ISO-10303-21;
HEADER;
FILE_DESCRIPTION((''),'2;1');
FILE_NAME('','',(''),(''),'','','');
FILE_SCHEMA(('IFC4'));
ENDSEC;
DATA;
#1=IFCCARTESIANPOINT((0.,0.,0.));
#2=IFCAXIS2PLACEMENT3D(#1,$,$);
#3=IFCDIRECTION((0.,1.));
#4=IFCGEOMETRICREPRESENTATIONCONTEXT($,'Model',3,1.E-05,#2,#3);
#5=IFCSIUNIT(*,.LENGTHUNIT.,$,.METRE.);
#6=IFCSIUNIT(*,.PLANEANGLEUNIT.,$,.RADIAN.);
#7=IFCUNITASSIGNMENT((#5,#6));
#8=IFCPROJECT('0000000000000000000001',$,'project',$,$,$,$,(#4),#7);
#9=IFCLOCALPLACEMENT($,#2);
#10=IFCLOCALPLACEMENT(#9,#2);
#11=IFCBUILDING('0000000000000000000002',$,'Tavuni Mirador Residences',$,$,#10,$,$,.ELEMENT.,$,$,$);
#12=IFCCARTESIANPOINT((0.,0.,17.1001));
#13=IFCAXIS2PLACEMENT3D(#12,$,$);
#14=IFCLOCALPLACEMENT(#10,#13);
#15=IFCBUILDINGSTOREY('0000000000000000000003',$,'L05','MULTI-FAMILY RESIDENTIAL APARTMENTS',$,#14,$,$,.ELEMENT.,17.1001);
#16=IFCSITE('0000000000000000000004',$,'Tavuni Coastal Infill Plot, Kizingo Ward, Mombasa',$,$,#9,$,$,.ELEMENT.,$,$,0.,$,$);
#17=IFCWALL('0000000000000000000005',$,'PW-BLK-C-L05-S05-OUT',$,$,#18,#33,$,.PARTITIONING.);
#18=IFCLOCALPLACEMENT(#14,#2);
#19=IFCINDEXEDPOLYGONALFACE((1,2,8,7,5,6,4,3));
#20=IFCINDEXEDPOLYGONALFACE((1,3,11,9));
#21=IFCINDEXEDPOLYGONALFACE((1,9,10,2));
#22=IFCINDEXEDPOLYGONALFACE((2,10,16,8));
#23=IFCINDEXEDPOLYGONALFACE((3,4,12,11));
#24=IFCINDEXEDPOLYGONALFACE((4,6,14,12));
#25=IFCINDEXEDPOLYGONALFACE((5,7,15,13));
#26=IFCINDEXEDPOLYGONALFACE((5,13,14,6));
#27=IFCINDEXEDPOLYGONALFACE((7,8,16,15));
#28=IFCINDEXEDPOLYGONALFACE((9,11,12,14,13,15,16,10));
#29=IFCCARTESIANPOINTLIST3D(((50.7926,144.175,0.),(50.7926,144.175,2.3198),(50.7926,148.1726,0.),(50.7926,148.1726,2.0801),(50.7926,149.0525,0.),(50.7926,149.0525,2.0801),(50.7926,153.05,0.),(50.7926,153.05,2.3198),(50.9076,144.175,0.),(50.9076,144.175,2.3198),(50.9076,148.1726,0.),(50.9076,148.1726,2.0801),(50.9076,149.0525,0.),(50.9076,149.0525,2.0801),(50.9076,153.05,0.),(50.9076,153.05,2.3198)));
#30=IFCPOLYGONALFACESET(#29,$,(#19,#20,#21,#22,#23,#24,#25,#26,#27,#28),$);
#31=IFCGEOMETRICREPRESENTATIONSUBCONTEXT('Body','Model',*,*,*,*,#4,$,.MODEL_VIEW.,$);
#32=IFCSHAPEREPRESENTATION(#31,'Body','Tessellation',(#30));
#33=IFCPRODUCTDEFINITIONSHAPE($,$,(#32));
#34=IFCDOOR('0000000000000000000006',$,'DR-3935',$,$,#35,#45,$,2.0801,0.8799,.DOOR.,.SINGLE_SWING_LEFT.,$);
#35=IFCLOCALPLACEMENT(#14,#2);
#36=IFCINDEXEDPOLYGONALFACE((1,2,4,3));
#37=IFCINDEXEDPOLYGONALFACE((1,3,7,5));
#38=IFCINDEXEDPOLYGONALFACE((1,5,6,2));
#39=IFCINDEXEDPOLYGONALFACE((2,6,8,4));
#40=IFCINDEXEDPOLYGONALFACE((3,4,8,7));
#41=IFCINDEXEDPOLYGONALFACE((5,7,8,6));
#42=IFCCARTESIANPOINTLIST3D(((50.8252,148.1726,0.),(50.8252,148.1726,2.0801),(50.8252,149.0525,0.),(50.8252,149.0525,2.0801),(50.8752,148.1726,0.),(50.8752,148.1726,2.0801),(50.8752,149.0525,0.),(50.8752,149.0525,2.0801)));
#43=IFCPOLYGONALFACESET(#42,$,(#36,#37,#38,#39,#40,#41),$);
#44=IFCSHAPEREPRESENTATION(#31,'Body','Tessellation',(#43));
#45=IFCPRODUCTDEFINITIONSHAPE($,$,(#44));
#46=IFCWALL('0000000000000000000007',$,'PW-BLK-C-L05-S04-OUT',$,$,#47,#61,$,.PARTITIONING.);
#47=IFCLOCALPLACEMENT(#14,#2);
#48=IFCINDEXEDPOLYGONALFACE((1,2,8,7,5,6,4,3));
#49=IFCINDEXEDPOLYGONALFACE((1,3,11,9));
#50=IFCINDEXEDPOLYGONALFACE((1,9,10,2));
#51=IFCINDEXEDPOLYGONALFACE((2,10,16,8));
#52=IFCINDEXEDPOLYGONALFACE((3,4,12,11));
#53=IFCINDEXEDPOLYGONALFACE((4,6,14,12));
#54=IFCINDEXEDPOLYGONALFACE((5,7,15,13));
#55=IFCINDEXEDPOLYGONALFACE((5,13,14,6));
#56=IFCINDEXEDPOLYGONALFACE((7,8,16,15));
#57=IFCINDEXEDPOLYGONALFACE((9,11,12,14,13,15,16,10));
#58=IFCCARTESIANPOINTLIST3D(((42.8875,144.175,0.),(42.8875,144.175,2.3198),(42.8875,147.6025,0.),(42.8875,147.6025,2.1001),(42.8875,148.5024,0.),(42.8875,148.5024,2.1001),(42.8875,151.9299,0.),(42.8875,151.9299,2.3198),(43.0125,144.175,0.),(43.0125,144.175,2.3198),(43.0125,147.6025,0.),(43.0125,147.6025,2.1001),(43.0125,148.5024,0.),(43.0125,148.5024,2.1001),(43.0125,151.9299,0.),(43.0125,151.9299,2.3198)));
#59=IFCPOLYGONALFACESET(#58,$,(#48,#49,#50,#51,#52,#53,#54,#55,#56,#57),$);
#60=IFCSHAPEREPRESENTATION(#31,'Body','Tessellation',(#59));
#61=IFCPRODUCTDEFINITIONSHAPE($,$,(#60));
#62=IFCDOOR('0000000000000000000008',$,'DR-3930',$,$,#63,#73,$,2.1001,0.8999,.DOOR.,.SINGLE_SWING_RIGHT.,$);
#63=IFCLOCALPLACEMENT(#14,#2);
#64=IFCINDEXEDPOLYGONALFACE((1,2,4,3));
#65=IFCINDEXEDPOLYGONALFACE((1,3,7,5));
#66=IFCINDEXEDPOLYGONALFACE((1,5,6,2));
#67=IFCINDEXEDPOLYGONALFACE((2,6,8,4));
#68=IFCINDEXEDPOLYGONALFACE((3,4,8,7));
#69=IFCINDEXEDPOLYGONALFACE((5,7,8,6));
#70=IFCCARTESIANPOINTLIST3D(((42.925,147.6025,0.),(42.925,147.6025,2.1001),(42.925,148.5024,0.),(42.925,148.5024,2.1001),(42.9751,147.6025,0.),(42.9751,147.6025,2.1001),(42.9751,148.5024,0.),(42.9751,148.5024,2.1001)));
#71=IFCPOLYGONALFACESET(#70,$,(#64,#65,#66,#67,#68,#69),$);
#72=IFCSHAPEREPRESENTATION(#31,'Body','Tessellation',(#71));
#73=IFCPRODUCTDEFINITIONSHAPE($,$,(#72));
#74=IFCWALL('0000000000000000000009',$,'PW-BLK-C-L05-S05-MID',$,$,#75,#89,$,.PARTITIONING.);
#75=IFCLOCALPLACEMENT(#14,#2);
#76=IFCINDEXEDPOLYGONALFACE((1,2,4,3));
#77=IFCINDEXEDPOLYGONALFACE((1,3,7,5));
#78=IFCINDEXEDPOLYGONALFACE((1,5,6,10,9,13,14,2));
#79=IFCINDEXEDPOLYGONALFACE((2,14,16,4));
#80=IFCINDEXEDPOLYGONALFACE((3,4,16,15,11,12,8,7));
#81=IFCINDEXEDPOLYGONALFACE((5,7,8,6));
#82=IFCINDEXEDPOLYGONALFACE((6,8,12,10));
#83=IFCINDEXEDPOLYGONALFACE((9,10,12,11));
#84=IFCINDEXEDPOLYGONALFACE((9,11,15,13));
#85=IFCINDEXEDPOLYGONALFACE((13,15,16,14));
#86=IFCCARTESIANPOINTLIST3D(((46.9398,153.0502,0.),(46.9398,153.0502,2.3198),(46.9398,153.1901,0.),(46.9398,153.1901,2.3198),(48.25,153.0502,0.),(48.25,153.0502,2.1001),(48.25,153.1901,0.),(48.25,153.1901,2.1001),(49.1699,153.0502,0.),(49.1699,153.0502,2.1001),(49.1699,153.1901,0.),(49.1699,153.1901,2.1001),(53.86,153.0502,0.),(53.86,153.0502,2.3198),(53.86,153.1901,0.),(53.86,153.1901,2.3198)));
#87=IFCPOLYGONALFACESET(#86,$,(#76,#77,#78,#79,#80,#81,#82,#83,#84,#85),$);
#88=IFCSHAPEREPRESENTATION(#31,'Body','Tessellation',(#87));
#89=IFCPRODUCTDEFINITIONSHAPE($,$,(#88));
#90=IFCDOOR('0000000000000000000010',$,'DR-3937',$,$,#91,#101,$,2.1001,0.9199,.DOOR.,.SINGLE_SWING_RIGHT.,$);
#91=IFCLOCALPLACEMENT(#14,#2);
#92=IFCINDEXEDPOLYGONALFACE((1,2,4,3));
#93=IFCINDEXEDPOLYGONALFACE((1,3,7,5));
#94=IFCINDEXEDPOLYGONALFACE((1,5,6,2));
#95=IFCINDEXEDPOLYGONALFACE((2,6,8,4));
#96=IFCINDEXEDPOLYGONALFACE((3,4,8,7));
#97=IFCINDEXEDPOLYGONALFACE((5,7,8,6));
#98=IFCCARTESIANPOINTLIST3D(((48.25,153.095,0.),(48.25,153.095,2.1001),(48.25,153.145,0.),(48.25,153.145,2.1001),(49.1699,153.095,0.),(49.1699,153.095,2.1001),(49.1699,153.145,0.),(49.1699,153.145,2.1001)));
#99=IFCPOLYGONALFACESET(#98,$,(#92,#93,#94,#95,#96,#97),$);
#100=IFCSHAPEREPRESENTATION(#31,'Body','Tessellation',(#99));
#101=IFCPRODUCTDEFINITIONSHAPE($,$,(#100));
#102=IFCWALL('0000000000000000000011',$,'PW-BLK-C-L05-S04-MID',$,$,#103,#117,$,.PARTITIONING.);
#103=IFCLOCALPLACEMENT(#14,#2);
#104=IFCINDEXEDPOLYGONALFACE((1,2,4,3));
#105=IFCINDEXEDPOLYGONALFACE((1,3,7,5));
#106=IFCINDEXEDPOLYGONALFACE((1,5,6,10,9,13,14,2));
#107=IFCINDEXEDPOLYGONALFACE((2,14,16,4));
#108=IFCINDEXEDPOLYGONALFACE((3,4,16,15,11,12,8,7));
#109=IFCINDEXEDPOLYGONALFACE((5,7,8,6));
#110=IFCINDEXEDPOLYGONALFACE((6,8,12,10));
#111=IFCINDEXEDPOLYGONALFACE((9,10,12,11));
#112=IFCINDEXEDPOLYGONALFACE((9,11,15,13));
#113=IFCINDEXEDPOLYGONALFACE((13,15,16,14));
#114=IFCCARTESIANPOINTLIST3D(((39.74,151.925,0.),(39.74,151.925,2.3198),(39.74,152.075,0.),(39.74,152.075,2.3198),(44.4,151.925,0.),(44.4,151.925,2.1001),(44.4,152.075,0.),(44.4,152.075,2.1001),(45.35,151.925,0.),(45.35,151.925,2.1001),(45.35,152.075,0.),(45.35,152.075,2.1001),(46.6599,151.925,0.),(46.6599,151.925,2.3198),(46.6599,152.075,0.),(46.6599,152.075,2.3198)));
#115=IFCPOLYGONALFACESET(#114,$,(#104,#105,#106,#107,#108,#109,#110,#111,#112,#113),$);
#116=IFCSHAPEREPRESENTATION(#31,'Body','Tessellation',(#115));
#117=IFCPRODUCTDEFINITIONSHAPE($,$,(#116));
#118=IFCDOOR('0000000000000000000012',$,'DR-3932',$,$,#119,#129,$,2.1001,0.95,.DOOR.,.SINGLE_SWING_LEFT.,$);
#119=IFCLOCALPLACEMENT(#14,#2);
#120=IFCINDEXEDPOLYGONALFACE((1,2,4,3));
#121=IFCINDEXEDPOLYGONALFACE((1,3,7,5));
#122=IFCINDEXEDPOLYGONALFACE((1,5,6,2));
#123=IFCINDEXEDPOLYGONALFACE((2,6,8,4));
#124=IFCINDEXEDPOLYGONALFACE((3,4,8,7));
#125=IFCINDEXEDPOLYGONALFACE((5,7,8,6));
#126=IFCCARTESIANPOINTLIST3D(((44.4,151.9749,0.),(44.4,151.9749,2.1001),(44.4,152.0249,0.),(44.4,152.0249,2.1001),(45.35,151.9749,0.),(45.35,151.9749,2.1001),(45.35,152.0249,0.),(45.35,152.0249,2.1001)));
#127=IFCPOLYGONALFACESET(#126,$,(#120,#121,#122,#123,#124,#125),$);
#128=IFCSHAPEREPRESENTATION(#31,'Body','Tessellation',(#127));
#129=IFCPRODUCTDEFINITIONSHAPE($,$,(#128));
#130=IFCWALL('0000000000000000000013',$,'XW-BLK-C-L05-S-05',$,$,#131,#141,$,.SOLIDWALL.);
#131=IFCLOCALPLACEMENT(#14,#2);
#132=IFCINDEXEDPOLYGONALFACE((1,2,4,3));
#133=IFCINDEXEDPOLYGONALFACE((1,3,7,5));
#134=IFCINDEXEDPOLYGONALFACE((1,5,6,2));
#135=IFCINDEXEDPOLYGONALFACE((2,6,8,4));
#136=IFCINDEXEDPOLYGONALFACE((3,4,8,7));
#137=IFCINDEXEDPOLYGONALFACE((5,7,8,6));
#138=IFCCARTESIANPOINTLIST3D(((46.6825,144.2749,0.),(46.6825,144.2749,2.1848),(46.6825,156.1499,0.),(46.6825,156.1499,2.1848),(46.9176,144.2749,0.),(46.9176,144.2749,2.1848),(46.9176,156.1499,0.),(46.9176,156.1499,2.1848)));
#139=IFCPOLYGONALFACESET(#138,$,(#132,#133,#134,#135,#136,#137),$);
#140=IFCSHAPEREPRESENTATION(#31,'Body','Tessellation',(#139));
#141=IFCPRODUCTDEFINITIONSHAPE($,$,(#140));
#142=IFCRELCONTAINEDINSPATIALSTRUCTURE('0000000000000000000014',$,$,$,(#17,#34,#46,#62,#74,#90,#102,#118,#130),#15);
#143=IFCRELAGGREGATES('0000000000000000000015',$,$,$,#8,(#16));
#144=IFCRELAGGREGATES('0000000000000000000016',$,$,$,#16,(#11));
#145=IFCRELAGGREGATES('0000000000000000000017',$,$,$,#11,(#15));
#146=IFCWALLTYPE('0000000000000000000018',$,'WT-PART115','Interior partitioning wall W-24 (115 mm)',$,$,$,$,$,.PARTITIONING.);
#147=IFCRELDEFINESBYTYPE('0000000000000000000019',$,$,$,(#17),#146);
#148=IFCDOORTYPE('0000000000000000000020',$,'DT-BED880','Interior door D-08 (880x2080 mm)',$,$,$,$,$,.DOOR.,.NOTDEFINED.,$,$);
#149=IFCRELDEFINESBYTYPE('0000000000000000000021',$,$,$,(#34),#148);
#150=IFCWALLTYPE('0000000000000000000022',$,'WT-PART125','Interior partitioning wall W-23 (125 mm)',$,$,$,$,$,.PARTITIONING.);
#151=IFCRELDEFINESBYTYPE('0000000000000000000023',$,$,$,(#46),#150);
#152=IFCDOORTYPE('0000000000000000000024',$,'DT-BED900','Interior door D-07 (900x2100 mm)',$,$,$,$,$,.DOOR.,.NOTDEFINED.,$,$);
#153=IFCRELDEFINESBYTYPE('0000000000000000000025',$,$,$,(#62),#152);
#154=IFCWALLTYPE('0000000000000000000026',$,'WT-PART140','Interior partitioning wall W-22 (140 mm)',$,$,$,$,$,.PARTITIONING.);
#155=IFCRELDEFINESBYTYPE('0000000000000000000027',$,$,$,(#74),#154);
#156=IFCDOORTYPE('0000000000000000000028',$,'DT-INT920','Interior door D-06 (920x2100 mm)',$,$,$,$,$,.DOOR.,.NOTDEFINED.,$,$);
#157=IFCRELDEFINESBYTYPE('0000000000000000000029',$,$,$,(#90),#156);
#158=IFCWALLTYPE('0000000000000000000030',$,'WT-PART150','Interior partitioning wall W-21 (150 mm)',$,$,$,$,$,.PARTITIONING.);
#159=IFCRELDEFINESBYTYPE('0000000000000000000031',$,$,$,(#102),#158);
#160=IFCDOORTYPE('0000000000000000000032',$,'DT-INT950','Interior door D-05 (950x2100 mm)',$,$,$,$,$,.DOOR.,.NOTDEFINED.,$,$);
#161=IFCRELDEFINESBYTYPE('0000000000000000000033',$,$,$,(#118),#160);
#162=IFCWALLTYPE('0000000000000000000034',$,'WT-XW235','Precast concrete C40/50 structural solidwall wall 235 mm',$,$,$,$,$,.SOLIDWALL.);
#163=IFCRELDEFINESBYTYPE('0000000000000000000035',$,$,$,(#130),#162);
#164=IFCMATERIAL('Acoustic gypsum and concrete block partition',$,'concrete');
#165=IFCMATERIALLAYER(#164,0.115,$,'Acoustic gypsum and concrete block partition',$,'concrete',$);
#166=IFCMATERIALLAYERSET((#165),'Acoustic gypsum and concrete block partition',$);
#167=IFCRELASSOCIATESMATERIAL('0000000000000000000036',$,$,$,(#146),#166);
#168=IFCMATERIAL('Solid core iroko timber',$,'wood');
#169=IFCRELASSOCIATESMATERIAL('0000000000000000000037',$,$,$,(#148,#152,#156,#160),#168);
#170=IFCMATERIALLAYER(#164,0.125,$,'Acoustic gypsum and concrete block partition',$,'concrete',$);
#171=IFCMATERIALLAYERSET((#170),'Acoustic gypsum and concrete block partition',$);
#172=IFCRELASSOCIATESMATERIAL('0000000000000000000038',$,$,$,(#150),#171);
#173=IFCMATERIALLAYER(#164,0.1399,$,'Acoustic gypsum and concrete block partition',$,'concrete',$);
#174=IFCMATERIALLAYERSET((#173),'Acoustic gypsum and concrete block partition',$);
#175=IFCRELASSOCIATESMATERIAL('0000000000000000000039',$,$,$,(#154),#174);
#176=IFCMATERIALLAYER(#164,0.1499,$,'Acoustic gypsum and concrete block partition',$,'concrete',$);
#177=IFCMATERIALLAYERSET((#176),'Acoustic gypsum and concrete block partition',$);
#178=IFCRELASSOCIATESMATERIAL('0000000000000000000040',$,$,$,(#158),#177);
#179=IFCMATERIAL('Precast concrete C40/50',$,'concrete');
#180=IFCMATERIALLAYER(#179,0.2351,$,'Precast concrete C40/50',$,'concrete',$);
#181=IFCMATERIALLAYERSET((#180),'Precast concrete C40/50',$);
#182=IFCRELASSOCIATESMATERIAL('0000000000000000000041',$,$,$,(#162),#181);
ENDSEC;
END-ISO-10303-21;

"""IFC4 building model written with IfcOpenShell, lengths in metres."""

from ifc_helpers import new_model, si_unit, direction, frame, frame_2d, origin, place, context, subcontext, project, spatial, rectangle, extrude, material, layer, layer_set, type_object, element, fill, save


model = new_model("IFC4")

# Units and contexts
model_context = context("Model", 3, precision=1e-05, world=origin(), true_north=direction((0.0, 1.0)))
body_context = subcontext(model_context, "Body", "Model", "MODEL_VIEW")
ifc_project = project(units=[si_unit("LENGTHUNIT", "METRE"), si_unit("PLANEANGLEUNIT", "RADIAN")], contexts=[model_context])

# Site, building, storey
site_placement = place(None, origin())
site = spatial("IfcSite", under=ifc_project, at=site_placement, Name="Tavuni Coastal Infill Plot, Kizingo Ward, Mombasa", CompositionType="ELEMENT", RefElevation=0.0)
building_placement = place(site_placement, origin())
building = spatial("IfcBuilding", under=site, at=building_placement, Name="Tavuni Mirador Residences", CompositionType="ELEMENT")
storey_placement = place(building_placement, frame((0.0, 0.0, 17.1001)))
storey = spatial("IfcBuildingStorey", under=building, at=storey_placement, Name="L05", Description="MULTI-FAMILY RESIDENTIAL APARTMENTS", CompositionType="ELEMENT", Elevation=17.1001)

# Shared definitions
ifc_material_1 = material(Name="Precast concrete C40/50", Category="concrete")

# Walls, openings, doors
ifc_material_2 = material(Name="Acoustic gypsum and concrete block partition", Category="concrete")
ifc_material_3 = material(Name="Solid core iroko timber", Category="wood")
ifc_layer_1 = layer(ifc_material_2, 0.115, Name="Acoustic gypsum and concrete block partition", Category="concrete")
ifc_layer_set_1 = layer_set([ifc_layer_1], Name="Acoustic gypsum and concrete block partition")
wall_type_1 = type_object("IfcWallType", Name="WT-PART115", Description="Interior partitioning wall W-24 (115 mm)", PredefinedType="PARTITIONING", material=ifc_layer_set_1)
wall_1_placement = place(storey_placement, frame((50.8501, 144.175, 0.0), z_axis=(0.0, 0.0, 1.0), x_axis=(0.0, 1.0, 0.0)))
wall_1 = element("IfcWall", 1, at=wall_1_placement, inside=storey, type_object=wall_type_1, Name="PW-BLK-C-L05-S05-OUT", PredefinedType="PARTITIONING", context=body_context, shape_type="SweptSolid", body=[
    extrude(rectangle(XDim=8.875, YDim=0.115, at=frame_2d((4.4375, 0.0))), origin(), (0.0, 0.0, 1.0), 2.3198),
])
opening_1_placement = place(wall_1_placement, frame((3.9976, 0.0, 0.0)))
opening_1 = element("IfcOpeningElement", 2, at=opening_1_placement, cuts=wall_1, PredefinedType="OPENING", context=body_context, shape_type="SweptSolid", body=[
    extrude(rectangle(XDim=0.8799, YDim=2.0801, at=frame_2d((0.4399, 1.04))), frame((0.0, 0.0674, 0.0), z_axis=(0.0, -1.0, 0.0), x_axis=(1.0, 0.0, 0.0)), (0.0, 0.0, 1.0), 0.135),
])
door_type_1 = type_object("IfcDoorType", Name="DT-BED880", Description="Interior door D-08 (880x2080 mm)", OperationType="NOTDEFINED", PredefinedType="DOOR", material=ifc_material_3)
door_1_placement = place(opening_1_placement, origin())
door_1 = element("IfcDoor", 3, at=door_1_placement, inside=storey, type_object=door_type_1, Name="DR-3935", OperationType="SINGLE_SWING_LEFT", OverallHeight=2.0801, OverallWidth=0.8799, PredefinedType="DOOR", context=body_context, shape_type="SweptSolid", body=[
    extrude(rectangle(XDim=0.8799, YDim=2.0801, at=frame_2d((0.4399, 1.04))), frame((0.0, 0.0249, 0.0), z_axis=(0.0, -1.0, 0.0), x_axis=(1.0, 0.0, 0.0)), (0.0, 0.0, 1.0), 0.05),
])
fill(opening_1, door_1)
ifc_layer_2 = layer(ifc_material_2, 0.125, Name="Acoustic gypsum and concrete block partition", Category="concrete")
ifc_layer_set_2 = layer_set([ifc_layer_2], Name="Acoustic gypsum and concrete block partition")
wall_type_2 = type_object("IfcWallType", Name="WT-PART125", Description="Interior partitioning wall W-23 (125 mm)", PredefinedType="PARTITIONING", material=ifc_layer_set_2)
wall_2_placement = place(storey_placement, frame((42.95, 144.175, 0.0), z_axis=(0.0, 0.0, 1.0), x_axis=(0.0, 1.0, 0.0)))
wall_2 = element("IfcWall", 4, at=wall_2_placement, inside=storey, type_object=wall_type_2, Name="PW-BLK-C-L05-S04-OUT", PredefinedType="PARTITIONING", context=body_context, shape_type="SweptSolid", body=[
    extrude(rectangle(XDim=7.7549, YDim=0.125, at=frame_2d((3.8774, 0.0))), origin(), (0.0, 0.0, 1.0), 2.3198),
])
opening_2_placement = place(wall_2_placement, frame((3.4275, 0.0, 0.0)))
opening_2 = element("IfcOpeningElement", 5, at=opening_2_placement, cuts=wall_2, PredefinedType="OPENING", context=body_context, shape_type="SweptSolid", body=[
    extrude(rectangle(XDim=0.8999, YDim=2.1001, at=frame_2d((0.45, 1.05))), frame((0.0, 0.0725, 0.0), z_axis=(0.0, -1.0, 0.0), x_axis=(1.0, 0.0, 0.0)), (0.0, 0.0, 1.0), 0.145),
])
door_type_2 = type_object("IfcDoorType", Name="DT-BED900", Description="Interior door D-07 (900x2100 mm)", OperationType="NOTDEFINED", PredefinedType="DOOR", material=ifc_material_3)
door_2_placement = place(opening_2_placement, origin())
door_2 = element("IfcDoor", 6, at=door_2_placement, inside=storey, type_object=door_type_2, Name="DR-3930", OperationType="SINGLE_SWING_RIGHT", OverallHeight=2.1001, OverallWidth=0.8999, PredefinedType="DOOR", context=body_context, shape_type="SweptSolid", body=[
    extrude(rectangle(XDim=0.8999, YDim=2.1001, at=frame_2d((0.45, 1.05))), frame((0.0, 0.0249, 0.0), z_axis=(0.0, -1.0, 0.0), x_axis=(1.0, 0.0, 0.0)), (0.0, 0.0, 1.0), 0.05),
])
fill(opening_2, door_2)
ifc_layer_3 = layer(ifc_material_2, 0.1399, Name="Acoustic gypsum and concrete block partition", Category="concrete")
ifc_layer_set_3 = layer_set([ifc_layer_3], Name="Acoustic gypsum and concrete block partition")
wall_type_3 = type_object("IfcWallType", Name="WT-PART140", Description="Interior partitioning wall W-22 (140 mm)", PredefinedType="PARTITIONING", material=ifc_layer_set_3)
wall_3_placement = place(storey_placement, frame((46.9399, 153.1201, 0.0), z_axis=(0.0, 0.0, 1.0), x_axis=(1.0, 0.0, 0.0)))
wall_3 = element("IfcWall", 7, at=wall_3_placement, inside=storey, type_object=wall_type_3, Name="PW-BLK-C-L05-S05-MID", PredefinedType="PARTITIONING", context=body_context, shape_type="SweptSolid", body=[
    extrude(rectangle(XDim=6.9202, YDim=0.1399, at=frame_2d((3.46, 0.0))), origin(), (0.0, 0.0, 1.0), 2.3198),
])
opening_3_placement = place(wall_3_placement, frame((1.3101, 0.0, 0.0)))
opening_3 = element("IfcOpeningElement", 8, at=opening_3_placement, cuts=wall_3, PredefinedType="OPENING", context=body_context, shape_type="SweptSolid", body=[
    extrude(rectangle(XDim=0.9199, YDim=2.1001, at=frame_2d((0.46, 1.05))), frame((0.0, 0.0801, 0.0), z_axis=(0.0, -1.0, 0.0), x_axis=(1.0, 0.0, 0.0)), (0.0, 0.0, 1.0), 0.1599),
])
door_type_3 = type_object("IfcDoorType", Name="DT-INT920", Description="Interior door D-06 (920x2100 mm)", OperationType="NOTDEFINED", PredefinedType="DOOR", material=ifc_material_3)
door_3_placement = place(opening_3_placement, origin())
door_3 = element("IfcDoor", 9, at=door_3_placement, inside=storey, type_object=door_type_3, Name="DR-3937", OperationType="SINGLE_SWING_RIGHT", OverallHeight=2.1001, OverallWidth=0.9199, PredefinedType="DOOR", context=body_context, shape_type="SweptSolid", body=[
    extrude(rectangle(XDim=0.9199, YDim=2.1001, at=frame_2d((0.46, 1.05))), frame((0.0, 0.0249, 0.0), z_axis=(0.0, -1.0, 0.0), x_axis=(1.0, 0.0, 0.0)), (0.0, 0.0, 1.0), 0.05),
])
fill(opening_3, door_3)
ifc_layer_4 = layer(ifc_material_2, 0.1499, Name="Acoustic gypsum and concrete block partition", Category="concrete")
ifc_layer_set_4 = layer_set([ifc_layer_4], Name="Acoustic gypsum and concrete block partition")
wall_type_4 = type_object("IfcWallType", Name="WT-PART150", Description="Interior partitioning wall W-21 (150 mm)", PredefinedType="PARTITIONING", material=ifc_layer_set_4)
wall_4_placement = place(storey_placement, frame((39.74, 152.0, 0.0), z_axis=(0.0, 0.0, 1.0), x_axis=(1.0, 0.0, 0.0)))
wall_4 = element("IfcWall", 10, at=wall_4_placement, inside=storey, type_object=wall_type_4, Name="PW-BLK-C-L05-S04-MID", PredefinedType="PARTITIONING", context=body_context, shape_type="SweptSolid", body=[
    extrude(rectangle(XDim=6.9199, YDim=0.1499, at=frame_2d((3.46, 0.0))), origin(), (0.0, 0.0, 1.0), 2.3198),
])
opening_4_placement = place(wall_4_placement, frame((4.6599, 0.0, 0.0)))
opening_4 = element("IfcOpeningElement", 11, at=opening_4_placement, cuts=wall_4, PredefinedType="OPENING", context=body_context, shape_type="SweptSolid", body=[
    extrude(rectangle(XDim=0.95, YDim=2.1001, at=frame_2d((0.4751, 1.05))), frame((0.0, 0.085, 0.0), z_axis=(0.0, -1.0, 0.0), x_axis=(1.0, 0.0, 0.0)), (0.0, 0.0, 1.0), 0.1699),
])
door_type_4 = type_object("IfcDoorType", Name="DT-INT950", Description="Interior door D-05 (950x2100 mm)", OperationType="NOTDEFINED", PredefinedType="DOOR", material=ifc_material_3)
door_4_placement = place(opening_4_placement, origin())
door_4 = element("IfcDoor", 12, at=door_4_placement, inside=storey, type_object=door_type_4, Name="DR-3932", OperationType="SINGLE_SWING_LEFT", OverallHeight=2.1001, OverallWidth=0.95, PredefinedType="DOOR", context=body_context, shape_type="SweptSolid", body=[
    extrude(rectangle(XDim=0.95, YDim=2.1001, at=frame_2d((0.4751, 1.05))), frame((0.0, 0.0249, 0.0), z_axis=(0.0, -1.0, 0.0), x_axis=(1.0, 0.0, 0.0)), (0.0, 0.0, 1.0), 0.05),
])
fill(opening_4, door_4)

# Wall
ifc_layer_5 = layer(ifc_material_1, 0.2351, Name="Precast concrete C40/50", Category="concrete")
ifc_layer_set_5 = layer_set([ifc_layer_5], Name="Precast concrete C40/50")
wall_type_5 = type_object("IfcWallType", Name="WT-XW235", Description="Precast concrete C40/50 structural solidwall wall 235 mm", PredefinedType="SOLIDWALL", material=ifc_layer_set_5)
wall_5_placement = place(storey_placement, frame((46.8, 144.2749, 0.0), z_axis=(0.0, 0.0, 1.0), x_axis=(0.0, 1.0, 0.0)))
element("IfcWall", 13, at=wall_5_placement, inside=storey, type_object=wall_type_5, Name="XW-BLK-C-L05-S-05", PredefinedType="SOLIDWALL", context=body_context, shape_type="SweptSolid", body=[
    extrude(rectangle(XDim=11.875, YDim=0.2351, at=frame_2d((5.9375, 0.0))), origin(), (0.0, 0.0, 1.0), 2.1848),
])

save(model, "model.ifc")
